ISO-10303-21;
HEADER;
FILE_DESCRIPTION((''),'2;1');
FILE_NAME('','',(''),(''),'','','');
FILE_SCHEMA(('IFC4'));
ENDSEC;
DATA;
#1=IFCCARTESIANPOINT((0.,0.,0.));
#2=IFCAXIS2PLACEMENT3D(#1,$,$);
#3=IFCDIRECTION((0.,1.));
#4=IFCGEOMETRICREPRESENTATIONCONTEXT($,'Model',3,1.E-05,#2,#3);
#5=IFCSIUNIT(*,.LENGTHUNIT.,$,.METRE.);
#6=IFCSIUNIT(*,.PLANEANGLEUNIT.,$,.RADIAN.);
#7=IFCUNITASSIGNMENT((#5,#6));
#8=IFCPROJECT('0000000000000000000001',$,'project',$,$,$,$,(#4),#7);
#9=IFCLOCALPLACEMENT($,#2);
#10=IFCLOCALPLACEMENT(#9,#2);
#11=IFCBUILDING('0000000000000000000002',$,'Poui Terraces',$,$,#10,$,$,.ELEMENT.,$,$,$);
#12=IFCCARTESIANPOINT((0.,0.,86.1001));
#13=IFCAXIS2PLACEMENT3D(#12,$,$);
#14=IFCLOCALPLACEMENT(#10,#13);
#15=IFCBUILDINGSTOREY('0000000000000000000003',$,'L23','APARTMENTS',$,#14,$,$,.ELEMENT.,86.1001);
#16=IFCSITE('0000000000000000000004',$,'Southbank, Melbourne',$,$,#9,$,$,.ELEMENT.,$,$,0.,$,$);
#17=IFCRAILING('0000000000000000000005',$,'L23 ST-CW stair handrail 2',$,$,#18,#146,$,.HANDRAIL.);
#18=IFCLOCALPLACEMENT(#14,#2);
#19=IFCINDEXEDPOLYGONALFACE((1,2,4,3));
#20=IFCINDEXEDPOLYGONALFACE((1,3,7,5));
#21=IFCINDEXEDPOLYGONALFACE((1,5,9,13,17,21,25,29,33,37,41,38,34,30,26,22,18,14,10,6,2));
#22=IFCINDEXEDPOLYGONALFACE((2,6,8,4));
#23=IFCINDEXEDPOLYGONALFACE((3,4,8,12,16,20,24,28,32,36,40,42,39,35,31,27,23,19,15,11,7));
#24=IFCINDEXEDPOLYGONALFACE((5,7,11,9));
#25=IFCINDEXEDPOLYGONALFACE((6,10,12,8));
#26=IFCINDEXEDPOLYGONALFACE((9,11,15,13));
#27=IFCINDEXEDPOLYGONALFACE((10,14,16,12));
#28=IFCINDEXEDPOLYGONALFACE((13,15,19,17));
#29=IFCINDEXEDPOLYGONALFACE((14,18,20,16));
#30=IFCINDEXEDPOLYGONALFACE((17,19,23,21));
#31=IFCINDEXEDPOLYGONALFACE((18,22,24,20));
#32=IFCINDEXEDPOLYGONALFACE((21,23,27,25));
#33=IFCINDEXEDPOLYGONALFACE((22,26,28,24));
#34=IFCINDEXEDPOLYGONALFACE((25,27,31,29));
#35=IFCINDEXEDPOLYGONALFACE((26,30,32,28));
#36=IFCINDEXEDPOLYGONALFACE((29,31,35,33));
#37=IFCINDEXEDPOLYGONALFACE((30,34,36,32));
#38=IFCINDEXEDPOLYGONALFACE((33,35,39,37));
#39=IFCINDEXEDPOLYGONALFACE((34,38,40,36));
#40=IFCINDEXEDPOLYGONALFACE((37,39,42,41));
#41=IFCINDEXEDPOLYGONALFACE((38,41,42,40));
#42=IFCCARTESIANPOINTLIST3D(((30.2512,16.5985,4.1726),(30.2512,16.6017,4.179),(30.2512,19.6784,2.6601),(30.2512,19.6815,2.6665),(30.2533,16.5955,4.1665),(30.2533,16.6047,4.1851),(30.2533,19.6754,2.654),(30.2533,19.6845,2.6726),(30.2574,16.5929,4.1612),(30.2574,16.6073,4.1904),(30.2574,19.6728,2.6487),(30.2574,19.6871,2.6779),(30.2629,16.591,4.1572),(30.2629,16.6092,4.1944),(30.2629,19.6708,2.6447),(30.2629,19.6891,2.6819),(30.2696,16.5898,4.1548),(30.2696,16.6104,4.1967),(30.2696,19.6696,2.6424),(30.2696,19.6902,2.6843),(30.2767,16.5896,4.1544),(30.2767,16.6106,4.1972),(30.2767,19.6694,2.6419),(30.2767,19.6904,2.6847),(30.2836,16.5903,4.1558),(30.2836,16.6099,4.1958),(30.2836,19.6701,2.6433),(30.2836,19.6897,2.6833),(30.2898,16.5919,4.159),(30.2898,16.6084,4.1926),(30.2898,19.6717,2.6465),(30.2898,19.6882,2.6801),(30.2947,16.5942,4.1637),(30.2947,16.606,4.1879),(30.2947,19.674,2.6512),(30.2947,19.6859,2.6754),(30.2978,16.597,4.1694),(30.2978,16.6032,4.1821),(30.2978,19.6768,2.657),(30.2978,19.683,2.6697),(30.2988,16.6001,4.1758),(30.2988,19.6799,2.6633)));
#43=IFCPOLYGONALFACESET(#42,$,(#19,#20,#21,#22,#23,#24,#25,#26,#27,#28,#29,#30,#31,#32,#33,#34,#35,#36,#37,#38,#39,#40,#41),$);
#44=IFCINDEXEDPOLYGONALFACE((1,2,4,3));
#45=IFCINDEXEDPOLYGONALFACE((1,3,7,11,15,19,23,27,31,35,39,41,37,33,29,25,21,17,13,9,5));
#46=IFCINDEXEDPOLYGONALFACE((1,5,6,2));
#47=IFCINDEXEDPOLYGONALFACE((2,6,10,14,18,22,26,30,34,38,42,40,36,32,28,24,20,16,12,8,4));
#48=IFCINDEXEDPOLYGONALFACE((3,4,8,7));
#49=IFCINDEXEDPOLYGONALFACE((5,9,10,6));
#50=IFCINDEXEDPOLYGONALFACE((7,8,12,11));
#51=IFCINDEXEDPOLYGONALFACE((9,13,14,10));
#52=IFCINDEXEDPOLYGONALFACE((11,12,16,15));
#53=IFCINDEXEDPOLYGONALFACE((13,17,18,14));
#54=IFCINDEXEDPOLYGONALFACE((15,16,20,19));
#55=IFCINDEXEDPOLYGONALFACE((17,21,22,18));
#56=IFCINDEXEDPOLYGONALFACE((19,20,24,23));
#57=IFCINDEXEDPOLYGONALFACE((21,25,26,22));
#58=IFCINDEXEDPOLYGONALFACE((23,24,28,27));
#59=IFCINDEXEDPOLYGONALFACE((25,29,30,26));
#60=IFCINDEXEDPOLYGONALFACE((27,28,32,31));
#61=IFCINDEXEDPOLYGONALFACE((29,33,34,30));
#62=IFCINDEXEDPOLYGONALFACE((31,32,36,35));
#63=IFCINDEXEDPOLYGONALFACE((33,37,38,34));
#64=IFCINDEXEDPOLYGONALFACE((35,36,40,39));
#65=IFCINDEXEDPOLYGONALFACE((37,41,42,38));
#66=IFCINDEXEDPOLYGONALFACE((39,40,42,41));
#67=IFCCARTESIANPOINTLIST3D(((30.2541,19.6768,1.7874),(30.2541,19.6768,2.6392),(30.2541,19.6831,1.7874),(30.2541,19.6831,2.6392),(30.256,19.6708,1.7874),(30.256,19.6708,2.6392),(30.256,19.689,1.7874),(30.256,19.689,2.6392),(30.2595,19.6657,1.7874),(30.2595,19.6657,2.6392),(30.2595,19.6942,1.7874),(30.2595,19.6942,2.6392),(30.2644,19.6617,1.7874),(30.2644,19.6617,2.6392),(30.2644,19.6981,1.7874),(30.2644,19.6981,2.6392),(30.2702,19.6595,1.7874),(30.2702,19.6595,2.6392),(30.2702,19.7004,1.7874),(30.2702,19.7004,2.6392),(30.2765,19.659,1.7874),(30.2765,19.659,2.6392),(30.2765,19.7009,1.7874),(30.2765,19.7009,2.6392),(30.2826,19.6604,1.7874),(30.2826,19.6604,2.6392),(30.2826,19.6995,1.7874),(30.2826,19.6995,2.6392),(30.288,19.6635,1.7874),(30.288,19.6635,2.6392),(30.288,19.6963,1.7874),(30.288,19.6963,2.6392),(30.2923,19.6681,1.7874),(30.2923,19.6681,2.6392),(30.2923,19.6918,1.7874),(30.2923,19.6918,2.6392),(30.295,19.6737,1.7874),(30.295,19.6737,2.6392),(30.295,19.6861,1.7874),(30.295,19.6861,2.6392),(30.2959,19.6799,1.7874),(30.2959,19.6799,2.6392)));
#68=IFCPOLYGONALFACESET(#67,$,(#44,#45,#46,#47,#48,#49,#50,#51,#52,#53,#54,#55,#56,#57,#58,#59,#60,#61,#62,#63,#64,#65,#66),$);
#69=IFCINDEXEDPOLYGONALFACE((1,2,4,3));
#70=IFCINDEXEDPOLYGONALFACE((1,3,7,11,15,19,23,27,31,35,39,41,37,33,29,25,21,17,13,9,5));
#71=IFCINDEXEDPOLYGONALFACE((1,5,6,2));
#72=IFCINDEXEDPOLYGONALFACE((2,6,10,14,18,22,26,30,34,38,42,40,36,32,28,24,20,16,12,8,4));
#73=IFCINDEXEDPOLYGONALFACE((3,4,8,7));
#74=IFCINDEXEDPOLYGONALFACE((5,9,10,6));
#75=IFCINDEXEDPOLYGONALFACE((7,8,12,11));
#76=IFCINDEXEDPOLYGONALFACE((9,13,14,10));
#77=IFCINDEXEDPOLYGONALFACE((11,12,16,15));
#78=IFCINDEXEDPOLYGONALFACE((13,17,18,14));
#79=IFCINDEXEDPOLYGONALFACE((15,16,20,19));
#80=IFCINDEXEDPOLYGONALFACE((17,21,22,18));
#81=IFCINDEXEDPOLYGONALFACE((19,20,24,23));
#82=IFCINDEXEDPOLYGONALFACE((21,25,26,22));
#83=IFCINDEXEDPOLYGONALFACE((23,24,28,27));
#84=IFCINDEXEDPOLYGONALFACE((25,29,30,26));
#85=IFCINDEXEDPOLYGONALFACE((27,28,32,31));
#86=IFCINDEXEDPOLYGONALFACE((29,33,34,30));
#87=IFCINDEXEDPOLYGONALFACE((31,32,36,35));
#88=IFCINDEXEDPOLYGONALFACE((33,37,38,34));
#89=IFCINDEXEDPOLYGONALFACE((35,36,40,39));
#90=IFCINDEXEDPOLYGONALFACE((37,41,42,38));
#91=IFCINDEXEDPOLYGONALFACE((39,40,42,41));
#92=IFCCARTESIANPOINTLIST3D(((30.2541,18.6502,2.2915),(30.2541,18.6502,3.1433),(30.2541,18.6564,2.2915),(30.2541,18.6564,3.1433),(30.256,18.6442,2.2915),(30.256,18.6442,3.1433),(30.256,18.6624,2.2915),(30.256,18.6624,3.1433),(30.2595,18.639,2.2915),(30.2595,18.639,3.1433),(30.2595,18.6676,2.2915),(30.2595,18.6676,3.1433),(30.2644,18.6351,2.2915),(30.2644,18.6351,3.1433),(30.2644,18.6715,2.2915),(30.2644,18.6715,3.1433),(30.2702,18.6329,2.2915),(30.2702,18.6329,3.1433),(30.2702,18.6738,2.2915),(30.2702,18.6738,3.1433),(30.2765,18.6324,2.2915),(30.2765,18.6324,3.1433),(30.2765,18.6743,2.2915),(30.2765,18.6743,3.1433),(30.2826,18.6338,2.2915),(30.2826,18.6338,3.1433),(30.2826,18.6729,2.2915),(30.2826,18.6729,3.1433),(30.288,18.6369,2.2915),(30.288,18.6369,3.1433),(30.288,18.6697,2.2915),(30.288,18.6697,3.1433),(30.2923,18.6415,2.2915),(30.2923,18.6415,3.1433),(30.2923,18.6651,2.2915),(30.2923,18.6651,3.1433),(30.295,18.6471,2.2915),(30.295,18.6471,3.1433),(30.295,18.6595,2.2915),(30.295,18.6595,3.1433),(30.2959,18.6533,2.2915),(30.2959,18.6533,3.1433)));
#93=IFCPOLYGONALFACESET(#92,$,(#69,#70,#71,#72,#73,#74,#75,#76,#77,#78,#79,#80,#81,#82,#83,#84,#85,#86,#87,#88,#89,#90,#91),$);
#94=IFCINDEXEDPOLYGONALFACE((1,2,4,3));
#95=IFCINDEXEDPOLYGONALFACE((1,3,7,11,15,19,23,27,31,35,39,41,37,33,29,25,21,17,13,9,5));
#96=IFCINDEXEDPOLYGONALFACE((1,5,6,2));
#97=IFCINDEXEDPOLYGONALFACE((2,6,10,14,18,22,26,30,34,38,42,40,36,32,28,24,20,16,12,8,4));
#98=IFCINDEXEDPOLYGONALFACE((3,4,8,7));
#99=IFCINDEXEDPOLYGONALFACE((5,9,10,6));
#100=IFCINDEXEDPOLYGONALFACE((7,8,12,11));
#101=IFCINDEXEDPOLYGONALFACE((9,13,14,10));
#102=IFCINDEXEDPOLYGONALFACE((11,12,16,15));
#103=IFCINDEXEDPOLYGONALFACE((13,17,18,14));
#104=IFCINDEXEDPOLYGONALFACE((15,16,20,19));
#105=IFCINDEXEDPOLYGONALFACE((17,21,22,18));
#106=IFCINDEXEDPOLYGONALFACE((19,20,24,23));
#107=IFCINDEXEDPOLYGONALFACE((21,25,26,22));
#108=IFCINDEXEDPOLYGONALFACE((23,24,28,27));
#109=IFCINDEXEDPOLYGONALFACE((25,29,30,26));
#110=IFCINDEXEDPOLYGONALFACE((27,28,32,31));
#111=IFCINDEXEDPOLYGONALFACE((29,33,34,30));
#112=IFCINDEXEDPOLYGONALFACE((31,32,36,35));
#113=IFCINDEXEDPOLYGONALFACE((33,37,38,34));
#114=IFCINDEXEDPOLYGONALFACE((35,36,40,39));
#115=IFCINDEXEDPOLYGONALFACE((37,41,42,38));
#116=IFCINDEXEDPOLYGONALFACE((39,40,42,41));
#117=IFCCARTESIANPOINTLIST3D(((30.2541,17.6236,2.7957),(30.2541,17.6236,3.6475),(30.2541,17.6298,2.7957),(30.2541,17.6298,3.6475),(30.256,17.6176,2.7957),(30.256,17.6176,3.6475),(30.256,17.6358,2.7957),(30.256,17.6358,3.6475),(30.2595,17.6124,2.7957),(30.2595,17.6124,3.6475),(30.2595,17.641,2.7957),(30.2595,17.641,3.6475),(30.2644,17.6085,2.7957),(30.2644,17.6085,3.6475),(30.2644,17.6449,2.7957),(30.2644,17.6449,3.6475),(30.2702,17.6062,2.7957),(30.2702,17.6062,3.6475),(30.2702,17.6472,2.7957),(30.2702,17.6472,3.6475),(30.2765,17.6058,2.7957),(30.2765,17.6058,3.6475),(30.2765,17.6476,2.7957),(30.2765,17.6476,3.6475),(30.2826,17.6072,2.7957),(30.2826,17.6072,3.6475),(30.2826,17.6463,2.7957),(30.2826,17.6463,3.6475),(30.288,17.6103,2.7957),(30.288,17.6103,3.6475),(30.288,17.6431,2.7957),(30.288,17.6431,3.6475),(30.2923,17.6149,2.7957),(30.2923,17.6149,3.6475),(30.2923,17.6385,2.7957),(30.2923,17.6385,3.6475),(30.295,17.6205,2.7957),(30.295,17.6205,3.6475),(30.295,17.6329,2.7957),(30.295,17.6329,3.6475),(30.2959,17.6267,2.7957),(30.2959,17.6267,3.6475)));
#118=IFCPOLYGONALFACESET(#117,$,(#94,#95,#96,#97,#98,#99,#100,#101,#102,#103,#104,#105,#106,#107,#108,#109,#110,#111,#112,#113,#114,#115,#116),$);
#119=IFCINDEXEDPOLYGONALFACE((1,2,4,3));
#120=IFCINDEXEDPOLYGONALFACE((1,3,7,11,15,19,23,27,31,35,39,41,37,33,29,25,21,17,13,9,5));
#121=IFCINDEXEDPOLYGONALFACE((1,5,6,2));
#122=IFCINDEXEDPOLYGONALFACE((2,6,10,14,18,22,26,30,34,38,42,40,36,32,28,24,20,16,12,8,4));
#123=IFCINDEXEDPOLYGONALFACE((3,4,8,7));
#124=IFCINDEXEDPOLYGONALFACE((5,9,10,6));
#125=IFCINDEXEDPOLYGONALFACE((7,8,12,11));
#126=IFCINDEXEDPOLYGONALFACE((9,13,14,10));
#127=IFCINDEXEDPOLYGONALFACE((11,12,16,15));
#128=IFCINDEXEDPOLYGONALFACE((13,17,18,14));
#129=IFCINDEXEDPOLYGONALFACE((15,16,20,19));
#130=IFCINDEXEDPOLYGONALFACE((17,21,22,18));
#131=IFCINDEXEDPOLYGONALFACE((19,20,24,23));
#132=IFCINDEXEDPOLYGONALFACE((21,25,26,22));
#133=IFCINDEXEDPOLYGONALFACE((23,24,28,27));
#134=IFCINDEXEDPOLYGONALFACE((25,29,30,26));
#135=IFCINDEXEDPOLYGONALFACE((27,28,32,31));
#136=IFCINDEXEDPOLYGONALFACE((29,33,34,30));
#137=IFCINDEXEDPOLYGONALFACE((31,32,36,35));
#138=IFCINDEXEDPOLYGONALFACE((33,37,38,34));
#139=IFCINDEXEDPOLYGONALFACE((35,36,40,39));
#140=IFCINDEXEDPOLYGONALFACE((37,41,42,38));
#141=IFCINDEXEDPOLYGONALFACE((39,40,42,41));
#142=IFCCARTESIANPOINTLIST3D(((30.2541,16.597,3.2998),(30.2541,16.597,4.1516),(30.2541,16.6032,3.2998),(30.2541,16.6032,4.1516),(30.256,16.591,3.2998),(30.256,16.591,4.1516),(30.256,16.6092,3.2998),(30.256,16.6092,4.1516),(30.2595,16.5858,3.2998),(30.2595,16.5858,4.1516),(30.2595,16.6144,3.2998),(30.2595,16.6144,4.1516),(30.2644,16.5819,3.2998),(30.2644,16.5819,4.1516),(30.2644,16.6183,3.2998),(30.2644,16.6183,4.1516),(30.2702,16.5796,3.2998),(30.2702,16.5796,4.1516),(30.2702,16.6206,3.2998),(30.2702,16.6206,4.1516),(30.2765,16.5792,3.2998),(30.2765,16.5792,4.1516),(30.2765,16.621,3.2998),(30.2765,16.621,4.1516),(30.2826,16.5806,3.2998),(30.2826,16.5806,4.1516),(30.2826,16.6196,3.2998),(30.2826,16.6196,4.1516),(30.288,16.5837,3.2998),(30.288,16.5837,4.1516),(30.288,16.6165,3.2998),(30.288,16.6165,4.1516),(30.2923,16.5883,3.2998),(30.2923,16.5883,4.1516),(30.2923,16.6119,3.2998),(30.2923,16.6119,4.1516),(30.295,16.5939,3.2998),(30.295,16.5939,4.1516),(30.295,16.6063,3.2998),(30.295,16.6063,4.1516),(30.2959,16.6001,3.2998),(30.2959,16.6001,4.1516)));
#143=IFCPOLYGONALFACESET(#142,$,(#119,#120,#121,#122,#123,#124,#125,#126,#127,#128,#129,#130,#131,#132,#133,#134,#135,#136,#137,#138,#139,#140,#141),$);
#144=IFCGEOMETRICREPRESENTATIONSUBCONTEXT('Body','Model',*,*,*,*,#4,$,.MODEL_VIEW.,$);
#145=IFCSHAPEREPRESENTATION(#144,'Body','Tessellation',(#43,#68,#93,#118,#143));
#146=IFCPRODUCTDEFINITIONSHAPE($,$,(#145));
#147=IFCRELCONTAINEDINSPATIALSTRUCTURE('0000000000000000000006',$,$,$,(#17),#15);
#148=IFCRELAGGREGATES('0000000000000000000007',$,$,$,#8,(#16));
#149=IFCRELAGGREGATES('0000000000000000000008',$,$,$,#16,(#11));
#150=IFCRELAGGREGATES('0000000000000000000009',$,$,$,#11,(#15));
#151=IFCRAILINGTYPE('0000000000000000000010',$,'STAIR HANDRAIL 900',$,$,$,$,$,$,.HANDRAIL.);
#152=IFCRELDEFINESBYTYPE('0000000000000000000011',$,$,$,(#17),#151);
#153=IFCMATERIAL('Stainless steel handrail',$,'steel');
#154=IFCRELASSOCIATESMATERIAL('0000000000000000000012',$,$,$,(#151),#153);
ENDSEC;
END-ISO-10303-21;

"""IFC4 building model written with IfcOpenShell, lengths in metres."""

from ifc_helpers import new_model, si_unit, direction, frame, origin, origin_2d, place, context, subcontext, project, spatial, circle, extrude, material, type_object, element, save


model = new_model("IFC4")

# Units and contexts
model_context = context("Model", 3, precision=1e-05, world=origin(), true_north=direction((0.0, 1.0)))
body_context = subcontext(model_context, "Body", "Model", "MODEL_VIEW")
ifc_project = project(units=[si_unit("LENGTHUNIT", "METRE"), si_unit("PLANEANGLEUNIT", "RADIAN")], contexts=[model_context])

# Site, building, storey
site_placement = place(None, origin())
site = spatial("IfcSite", under=ifc_project, at=site_placement, Name="Southbank, Melbourne", CompositionType="ELEMENT", RefElevation=0.0)
building_placement = place(site_placement, origin())
building = spatial("IfcBuilding", under=site, at=building_placement, Name="Poui Terraces", CompositionType="ELEMENT")
storey_placement = place(building_placement, frame((0.0, 0.0, 86.1001)))
storey = spatial("IfcBuildingStorey", under=building, at=storey_placement, Name="L23", Description="APARTMENTS", CompositionType="ELEMENT", Elevation=86.1001)

# Railing
ifc_material_1 = material(Name="Stainless steel handrail", Category="steel")
railing_type_1 = type_object("IfcRailingType", Name="STAIR HANDRAIL 900", PredefinedType="HANDRAIL", material=ifc_material_1)
railing_1_placement = place(storey_placement, frame((30.2749, 19.6799, 1.7874)))
element("IfcRailing", 1, at=railing_1_placement, inside=storey, type_object=railing_type_1, Name="L23 ST-CW stair handrail 2", PredefinedType="HANDRAIL", context=body_context, shape_type="SweptSolid", body=[
    extrude(circle(Radius=0.0239, at=origin_2d()), frame((0.0, 0.0, 0.876), z_axis=(0.0, -0.897606, 0.440798), x_axis=(1.0, 0.0, 0.0)), (0.0, 0.0, 1.0), 3.4312),
    extrude(circle(Radius=0.021, at=origin_2d()), origin(), (0.0, 0.0, 1.0), 0.8518),
    extrude(circle(Radius=0.021, at=origin_2d()), frame((0.0, -1.0266, 0.5042)), (0.0, 0.0, 1.0), 0.8518),
    extrude(circle(Radius=0.021, at=origin_2d()), frame((0.0, -2.0532, 1.0083)), (0.0, 0.0, 1.0), 0.8518),
    extrude(circle(Radius=0.021, at=origin_2d()), frame((0.0, -3.0798, 1.5125)), (0.0, 0.0, 1.0), 0.8518),
])

save(model, "model.ifc")
